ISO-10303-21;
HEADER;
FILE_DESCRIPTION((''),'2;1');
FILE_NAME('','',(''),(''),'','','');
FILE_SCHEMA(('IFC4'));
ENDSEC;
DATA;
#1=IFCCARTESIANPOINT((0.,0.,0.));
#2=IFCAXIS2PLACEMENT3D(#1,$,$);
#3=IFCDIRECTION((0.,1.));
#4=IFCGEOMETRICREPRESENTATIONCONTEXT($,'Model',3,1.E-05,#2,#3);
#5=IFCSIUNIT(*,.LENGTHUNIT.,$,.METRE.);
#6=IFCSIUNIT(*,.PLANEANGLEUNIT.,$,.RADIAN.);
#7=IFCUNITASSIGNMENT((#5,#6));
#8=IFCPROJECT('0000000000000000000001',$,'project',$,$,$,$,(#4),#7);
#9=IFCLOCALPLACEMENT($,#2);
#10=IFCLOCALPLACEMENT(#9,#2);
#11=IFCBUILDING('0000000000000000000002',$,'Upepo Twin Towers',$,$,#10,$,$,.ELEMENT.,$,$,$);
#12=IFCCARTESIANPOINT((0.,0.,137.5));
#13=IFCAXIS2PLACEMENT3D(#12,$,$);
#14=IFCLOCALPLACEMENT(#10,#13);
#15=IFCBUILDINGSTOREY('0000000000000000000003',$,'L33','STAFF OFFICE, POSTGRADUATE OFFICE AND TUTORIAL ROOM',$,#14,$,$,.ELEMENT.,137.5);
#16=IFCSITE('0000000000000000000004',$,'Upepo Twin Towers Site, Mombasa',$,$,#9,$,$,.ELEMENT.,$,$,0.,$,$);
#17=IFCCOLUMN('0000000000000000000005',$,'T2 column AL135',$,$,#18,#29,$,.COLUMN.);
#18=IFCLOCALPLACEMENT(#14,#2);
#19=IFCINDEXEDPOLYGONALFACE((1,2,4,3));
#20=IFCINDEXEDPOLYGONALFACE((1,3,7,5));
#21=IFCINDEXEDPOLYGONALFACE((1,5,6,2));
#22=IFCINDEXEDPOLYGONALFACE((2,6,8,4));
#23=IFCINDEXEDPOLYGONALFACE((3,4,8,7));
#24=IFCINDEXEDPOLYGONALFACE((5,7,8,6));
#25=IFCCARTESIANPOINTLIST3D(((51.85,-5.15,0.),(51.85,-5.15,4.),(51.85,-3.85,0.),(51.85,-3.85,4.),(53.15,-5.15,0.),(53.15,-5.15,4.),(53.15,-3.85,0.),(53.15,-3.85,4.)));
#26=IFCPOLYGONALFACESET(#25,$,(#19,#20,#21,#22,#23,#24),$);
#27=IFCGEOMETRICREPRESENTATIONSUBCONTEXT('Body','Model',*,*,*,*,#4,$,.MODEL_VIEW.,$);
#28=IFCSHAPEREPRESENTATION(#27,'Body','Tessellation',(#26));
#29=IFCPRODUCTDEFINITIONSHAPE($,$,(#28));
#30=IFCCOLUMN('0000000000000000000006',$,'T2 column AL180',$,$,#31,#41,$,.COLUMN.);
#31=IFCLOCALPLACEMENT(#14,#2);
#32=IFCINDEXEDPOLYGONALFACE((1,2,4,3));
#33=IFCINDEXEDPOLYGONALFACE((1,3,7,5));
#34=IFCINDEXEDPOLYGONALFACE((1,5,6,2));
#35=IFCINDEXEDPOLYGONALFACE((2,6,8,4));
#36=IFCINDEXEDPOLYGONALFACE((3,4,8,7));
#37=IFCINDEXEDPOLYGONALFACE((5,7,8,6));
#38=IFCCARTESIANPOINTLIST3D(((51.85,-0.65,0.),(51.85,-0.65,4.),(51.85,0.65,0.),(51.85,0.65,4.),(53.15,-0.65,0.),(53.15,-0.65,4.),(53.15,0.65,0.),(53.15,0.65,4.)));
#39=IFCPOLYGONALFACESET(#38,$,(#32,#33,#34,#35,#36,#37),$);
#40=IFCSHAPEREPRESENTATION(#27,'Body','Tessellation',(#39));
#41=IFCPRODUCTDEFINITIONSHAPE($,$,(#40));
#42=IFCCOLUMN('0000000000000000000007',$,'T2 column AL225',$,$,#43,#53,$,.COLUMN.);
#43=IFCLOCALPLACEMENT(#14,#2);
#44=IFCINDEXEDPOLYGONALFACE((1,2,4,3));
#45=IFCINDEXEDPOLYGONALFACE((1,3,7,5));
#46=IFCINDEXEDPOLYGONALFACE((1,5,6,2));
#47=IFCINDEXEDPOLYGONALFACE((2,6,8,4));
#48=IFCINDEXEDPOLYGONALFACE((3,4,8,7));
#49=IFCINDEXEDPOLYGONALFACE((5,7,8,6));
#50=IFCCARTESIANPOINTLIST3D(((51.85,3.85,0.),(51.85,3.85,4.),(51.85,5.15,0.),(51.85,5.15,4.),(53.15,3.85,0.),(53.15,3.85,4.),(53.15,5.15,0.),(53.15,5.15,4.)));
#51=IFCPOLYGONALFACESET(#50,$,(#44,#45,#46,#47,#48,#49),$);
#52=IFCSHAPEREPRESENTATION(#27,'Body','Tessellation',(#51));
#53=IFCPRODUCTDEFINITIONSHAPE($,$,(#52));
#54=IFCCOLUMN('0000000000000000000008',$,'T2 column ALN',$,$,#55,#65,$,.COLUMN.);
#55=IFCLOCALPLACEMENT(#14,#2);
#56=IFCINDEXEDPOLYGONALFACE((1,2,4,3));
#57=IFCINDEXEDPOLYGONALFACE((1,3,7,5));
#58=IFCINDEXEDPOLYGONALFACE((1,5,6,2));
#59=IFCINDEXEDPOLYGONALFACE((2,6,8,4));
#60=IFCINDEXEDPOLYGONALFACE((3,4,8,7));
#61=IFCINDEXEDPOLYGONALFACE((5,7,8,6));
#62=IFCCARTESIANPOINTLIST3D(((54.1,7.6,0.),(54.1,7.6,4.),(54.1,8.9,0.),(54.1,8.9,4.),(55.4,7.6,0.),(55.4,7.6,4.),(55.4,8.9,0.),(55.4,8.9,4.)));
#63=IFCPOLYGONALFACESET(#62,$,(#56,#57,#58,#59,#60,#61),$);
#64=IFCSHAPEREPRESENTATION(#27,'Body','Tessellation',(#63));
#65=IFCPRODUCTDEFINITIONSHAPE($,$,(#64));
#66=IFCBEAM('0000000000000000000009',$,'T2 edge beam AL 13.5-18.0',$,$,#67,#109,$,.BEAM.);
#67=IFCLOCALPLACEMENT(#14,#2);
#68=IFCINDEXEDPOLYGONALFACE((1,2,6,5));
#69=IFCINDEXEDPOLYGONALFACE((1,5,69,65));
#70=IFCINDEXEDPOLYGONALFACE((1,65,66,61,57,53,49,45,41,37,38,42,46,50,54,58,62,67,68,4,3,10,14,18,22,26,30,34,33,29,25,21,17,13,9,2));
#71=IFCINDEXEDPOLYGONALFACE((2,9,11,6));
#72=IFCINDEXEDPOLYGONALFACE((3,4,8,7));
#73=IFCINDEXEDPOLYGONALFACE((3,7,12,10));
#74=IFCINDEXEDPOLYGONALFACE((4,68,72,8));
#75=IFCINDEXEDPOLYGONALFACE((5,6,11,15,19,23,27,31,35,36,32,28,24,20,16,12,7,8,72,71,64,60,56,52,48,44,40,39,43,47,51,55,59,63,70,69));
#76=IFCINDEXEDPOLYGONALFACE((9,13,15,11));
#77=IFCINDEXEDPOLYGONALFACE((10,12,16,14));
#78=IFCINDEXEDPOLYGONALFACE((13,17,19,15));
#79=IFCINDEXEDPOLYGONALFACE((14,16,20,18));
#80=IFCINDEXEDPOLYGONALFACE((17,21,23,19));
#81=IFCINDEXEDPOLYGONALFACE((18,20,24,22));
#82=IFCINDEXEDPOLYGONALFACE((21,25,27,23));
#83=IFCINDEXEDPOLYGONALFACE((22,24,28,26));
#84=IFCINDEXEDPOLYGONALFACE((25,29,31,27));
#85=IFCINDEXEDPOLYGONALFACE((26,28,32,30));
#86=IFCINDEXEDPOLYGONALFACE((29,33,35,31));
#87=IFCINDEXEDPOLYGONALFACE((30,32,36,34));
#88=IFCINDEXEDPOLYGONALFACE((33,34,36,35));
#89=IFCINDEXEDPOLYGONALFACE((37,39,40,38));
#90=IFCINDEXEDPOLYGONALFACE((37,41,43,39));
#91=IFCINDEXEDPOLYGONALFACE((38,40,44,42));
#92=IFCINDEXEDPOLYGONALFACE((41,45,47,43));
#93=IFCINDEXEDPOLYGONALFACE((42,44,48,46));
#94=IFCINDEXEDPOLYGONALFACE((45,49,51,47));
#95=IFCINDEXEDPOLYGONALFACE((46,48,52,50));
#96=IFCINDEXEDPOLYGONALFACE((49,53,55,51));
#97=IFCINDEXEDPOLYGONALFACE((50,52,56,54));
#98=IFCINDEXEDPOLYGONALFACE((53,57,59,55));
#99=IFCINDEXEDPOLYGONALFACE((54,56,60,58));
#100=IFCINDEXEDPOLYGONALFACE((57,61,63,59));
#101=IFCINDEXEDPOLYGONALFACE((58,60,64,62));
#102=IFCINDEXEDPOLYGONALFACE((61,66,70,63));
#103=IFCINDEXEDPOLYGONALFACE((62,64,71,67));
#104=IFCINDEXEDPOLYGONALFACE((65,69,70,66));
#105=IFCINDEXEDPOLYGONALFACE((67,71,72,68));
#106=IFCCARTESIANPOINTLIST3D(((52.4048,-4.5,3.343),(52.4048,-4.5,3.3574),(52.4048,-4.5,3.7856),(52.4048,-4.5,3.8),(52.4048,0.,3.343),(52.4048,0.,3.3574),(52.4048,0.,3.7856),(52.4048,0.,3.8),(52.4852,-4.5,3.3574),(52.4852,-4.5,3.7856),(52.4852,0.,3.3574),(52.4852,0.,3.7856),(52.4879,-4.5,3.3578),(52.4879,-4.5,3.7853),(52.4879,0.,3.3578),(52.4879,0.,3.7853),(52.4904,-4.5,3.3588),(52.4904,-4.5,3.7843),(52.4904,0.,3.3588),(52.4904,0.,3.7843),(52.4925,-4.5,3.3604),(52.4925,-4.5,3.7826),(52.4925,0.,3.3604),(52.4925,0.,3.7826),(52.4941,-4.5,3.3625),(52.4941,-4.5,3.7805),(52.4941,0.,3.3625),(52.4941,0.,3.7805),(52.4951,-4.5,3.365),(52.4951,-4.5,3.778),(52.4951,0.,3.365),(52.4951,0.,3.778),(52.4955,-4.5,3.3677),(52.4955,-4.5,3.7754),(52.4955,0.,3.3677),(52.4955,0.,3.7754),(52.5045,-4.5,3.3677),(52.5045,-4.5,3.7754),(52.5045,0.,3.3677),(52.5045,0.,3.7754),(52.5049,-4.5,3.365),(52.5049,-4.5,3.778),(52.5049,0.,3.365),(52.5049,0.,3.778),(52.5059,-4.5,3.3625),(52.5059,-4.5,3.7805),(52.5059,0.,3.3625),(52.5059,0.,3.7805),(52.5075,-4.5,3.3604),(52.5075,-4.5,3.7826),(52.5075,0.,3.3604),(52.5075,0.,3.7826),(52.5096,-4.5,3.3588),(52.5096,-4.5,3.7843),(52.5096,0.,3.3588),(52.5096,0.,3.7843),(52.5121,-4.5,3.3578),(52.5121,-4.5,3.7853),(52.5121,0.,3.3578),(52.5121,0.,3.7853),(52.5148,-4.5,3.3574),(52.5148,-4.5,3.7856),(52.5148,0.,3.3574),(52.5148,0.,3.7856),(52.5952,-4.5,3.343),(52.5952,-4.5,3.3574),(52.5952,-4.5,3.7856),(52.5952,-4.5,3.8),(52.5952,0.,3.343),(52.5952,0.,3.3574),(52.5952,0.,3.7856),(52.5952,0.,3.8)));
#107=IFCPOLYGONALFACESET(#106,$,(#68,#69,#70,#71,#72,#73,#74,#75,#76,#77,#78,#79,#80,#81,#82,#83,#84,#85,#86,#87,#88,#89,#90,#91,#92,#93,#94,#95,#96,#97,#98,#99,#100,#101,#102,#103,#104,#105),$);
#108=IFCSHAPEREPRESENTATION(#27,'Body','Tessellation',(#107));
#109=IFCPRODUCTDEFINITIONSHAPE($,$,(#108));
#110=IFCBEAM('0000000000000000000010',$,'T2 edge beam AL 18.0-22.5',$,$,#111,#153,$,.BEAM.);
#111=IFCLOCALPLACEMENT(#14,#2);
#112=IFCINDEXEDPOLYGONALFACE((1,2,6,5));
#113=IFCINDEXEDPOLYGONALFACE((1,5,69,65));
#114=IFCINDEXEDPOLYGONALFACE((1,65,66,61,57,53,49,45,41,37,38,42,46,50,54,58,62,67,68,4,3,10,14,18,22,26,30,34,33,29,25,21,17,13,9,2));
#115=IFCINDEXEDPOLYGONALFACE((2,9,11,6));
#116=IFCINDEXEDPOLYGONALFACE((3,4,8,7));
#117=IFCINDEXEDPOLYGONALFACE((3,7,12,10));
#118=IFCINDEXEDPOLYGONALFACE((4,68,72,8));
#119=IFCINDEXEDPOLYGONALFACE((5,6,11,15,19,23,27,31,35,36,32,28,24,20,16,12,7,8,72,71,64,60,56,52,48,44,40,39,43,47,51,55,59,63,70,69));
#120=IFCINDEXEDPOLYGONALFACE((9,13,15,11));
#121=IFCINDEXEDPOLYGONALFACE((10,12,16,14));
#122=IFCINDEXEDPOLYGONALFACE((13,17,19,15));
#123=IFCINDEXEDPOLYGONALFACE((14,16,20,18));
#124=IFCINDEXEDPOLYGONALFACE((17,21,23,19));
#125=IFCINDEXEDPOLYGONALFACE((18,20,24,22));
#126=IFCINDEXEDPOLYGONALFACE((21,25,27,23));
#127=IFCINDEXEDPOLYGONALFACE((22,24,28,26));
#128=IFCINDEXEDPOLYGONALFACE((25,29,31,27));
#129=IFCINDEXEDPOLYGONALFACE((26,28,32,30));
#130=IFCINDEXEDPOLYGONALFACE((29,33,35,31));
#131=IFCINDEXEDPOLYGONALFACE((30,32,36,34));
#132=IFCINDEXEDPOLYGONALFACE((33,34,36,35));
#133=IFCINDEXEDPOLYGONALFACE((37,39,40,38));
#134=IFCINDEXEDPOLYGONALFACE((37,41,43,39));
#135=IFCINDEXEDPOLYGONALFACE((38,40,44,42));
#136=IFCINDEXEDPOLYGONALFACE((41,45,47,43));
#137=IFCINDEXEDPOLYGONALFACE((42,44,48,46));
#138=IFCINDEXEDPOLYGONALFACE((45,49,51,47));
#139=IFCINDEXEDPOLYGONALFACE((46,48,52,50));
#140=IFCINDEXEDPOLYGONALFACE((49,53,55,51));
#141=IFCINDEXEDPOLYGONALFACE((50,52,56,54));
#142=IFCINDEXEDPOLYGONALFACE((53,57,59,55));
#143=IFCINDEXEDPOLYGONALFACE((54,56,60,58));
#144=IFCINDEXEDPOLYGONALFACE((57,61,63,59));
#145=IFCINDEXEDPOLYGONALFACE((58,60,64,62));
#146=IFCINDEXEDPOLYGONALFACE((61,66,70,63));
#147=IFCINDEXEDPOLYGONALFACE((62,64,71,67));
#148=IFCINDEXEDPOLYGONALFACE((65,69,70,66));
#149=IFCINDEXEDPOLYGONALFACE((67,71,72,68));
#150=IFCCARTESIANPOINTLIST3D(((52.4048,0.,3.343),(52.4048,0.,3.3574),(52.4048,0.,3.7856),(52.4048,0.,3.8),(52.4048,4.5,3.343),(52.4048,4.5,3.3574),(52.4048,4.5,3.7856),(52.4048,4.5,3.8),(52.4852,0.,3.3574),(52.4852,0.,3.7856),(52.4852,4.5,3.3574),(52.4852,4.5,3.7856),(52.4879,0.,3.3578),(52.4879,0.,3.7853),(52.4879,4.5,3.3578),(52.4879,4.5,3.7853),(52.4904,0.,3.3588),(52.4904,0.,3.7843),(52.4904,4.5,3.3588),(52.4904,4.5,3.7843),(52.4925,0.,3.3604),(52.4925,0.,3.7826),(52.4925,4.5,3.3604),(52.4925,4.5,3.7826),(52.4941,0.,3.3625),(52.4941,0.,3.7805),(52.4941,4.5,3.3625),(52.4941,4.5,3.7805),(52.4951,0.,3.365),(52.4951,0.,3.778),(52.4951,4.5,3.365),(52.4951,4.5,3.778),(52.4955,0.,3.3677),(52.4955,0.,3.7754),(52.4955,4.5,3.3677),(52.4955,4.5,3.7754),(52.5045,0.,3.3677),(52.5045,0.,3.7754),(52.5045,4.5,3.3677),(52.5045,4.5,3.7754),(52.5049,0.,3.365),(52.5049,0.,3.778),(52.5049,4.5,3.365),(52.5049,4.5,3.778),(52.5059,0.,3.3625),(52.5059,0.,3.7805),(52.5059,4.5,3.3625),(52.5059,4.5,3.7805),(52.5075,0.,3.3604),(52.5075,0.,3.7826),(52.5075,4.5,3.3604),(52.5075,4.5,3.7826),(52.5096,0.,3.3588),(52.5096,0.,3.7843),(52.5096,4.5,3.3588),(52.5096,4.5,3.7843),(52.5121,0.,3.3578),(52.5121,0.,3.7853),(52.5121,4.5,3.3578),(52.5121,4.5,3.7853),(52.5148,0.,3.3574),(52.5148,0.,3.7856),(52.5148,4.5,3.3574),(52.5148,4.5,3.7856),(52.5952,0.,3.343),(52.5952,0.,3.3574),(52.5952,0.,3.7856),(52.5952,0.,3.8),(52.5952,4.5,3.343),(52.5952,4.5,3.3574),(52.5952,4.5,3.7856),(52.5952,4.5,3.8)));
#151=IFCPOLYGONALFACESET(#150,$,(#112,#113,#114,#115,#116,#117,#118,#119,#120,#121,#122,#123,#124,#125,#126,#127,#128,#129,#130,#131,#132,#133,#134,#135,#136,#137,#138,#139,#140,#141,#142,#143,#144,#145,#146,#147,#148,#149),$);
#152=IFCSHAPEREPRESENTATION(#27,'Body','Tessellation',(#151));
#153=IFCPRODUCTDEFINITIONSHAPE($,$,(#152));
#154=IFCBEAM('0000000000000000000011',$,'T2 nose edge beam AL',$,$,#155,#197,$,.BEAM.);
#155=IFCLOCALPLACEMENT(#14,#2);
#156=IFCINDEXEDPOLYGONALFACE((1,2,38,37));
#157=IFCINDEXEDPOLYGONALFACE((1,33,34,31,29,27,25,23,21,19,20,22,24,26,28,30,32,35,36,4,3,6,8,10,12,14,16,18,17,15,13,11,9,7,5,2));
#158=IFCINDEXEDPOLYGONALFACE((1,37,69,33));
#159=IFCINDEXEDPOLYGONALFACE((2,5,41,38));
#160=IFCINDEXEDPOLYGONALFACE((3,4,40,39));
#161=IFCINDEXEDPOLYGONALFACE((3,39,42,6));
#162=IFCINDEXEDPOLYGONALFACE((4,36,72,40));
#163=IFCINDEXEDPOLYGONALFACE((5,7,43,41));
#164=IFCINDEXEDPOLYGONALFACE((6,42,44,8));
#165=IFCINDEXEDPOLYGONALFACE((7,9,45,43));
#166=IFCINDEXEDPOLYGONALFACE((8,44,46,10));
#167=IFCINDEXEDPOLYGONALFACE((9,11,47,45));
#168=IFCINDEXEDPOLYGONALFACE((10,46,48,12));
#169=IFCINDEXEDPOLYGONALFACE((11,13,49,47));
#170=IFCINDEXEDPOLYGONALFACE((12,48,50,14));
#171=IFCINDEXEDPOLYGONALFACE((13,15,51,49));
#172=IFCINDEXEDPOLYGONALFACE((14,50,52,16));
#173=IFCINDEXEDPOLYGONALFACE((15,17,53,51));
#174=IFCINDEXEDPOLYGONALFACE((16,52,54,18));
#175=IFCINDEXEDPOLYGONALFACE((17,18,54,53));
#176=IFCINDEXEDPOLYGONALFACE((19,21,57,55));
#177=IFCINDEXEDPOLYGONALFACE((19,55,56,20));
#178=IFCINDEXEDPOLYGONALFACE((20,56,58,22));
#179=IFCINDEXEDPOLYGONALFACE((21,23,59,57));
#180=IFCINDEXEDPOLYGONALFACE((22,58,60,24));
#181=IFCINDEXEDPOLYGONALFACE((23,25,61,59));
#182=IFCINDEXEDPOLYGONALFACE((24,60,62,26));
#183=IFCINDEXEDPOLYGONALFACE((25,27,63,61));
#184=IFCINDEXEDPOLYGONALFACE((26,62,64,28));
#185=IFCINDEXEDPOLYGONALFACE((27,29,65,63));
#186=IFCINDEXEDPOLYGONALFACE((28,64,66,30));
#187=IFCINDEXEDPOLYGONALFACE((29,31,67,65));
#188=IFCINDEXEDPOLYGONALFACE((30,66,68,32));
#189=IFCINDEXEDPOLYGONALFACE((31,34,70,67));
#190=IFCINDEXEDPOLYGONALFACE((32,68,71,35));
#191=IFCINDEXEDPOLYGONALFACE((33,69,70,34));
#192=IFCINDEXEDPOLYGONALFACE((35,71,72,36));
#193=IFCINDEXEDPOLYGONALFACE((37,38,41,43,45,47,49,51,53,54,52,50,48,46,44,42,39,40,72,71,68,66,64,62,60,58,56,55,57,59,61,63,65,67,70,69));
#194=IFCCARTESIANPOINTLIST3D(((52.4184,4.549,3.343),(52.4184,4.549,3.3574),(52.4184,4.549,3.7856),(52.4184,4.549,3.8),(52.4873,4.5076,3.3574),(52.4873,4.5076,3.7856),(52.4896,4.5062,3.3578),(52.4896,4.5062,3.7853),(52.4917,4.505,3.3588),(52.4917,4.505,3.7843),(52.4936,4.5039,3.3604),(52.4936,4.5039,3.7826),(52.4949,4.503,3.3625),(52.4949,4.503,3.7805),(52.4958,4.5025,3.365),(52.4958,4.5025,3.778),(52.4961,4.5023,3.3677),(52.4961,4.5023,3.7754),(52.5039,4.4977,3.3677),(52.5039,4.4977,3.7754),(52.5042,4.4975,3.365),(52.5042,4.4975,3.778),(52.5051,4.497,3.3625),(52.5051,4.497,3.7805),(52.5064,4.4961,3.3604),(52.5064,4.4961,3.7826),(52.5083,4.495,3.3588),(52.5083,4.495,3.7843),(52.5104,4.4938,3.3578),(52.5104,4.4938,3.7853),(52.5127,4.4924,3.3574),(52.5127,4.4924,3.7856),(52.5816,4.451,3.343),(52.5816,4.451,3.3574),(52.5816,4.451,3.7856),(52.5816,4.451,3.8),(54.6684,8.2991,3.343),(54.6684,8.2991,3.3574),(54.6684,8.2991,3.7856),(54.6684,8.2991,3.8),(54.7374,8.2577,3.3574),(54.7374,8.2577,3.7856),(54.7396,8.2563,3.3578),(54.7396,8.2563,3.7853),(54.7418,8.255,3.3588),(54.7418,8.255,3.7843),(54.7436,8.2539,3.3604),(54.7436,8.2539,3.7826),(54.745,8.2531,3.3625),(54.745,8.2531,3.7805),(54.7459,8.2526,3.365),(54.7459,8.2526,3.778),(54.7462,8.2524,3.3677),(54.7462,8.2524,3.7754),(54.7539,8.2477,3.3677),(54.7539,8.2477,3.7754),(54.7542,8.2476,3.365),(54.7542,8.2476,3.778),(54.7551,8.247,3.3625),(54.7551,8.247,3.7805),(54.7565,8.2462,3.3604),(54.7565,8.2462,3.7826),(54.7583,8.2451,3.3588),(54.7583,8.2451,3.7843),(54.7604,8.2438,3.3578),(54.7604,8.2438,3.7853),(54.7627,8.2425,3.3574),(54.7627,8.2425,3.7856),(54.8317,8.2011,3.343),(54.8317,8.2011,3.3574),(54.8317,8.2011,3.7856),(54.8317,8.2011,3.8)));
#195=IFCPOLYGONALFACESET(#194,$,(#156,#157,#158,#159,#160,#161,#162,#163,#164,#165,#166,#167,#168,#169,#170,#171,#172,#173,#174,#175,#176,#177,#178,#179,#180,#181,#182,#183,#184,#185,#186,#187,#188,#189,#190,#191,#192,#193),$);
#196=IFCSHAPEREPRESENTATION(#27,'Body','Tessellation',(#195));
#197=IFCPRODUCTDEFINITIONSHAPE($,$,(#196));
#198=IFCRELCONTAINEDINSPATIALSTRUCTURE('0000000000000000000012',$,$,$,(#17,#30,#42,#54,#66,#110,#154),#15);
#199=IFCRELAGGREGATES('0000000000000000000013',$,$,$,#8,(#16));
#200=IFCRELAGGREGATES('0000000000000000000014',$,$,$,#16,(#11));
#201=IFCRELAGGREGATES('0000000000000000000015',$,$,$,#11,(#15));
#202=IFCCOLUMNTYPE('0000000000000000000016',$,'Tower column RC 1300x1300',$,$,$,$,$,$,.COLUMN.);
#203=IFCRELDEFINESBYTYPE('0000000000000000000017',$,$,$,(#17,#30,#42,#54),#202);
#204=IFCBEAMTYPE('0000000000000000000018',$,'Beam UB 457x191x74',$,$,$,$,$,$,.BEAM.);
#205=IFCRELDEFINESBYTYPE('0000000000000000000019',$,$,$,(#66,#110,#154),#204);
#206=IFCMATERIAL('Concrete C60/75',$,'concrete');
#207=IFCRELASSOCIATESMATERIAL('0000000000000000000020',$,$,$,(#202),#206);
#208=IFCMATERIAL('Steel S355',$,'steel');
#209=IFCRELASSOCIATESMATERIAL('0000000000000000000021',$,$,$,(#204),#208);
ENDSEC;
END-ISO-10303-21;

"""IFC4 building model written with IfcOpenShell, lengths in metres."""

from ifc_helpers import new_model, si_unit, direction, frame, origin, origin_2d, place, context, subcontext, project, spatial, rectangle, i_section, extrude, material, material_profile, profile_set, type_object, element, save


model = new_model("IFC4")

# Units and contexts
model_context = context("Model", 3, precision=1e-05, world=origin(), true_north=direction((0.0, 1.0)))
body_context = subcontext(model_context, "Body", "Model", "MODEL_VIEW")
ifc_project = project(units=[si_unit("LENGTHUNIT", "METRE"), si_unit("PLANEANGLEUNIT", "RADIAN")], contexts=[model_context])

# Site, building, storey
site_placement = place(None, origin())
site = spatial("IfcSite", under=ifc_project, at=site_placement, Name="Upepo Twin Towers Site, Mombasa", CompositionType="ELEMENT", RefElevation=0.0)
building_placement = place(site_placement, origin())
building = spatial("IfcBuilding", under=site, at=building_placement, Name="Upepo Twin Towers", CompositionType="ELEMENT")
storey_placement = place(building_placement, frame((0.0, 0.0, 137.5)))
storey = spatial("IfcBuildingStorey", under=building, at=storey_placement, Name="L33", Description="STAFF OFFICE, POSTGRADUATE OFFICE AND TUTORIAL ROOM", CompositionType="ELEMENT", Elevation=137.5)

# Columns
ifc_material_1 = material(Name="Concrete C60/75", Category="concrete")
ifc_material_profile_1 = material_profile(ifc_material_1, rectangle(XDim=1.3, YDim=1.3, at=origin_2d()), Name="RC 1300x1300")
ifc_profile_set_1 = profile_set([ifc_material_profile_1], Name="Concrete C60/75")
column_type = type_object("IfcColumnType", Name="Tower column RC 1300x1300", PredefinedType="COLUMN", material=ifc_profile_set_1)
for number, where, z_axis, x_axis, name in (
    (1, (52.5, -4.5, 0.0), (0.0, 0.0, 1.0), (1.0, 0.0, 0.0), "T2 column AL135"),
    (2, (52.5, 0.0, 0.0), (0.0, 0.0, 1.0), (1.0, 0.0, 0.0), "T2 column AL180"),
    (3, (52.5, 4.5, 0.0), (0.0, 0.0, 1.0), (1.0, 0.0, 0.0), "T2 column AL225"),
    (4, (54.75, 8.25, 0.0), (0.0, 0.0, 1.0), (1.0, 0.0, 0.0), "T2 column ALN"),
):
    element("IfcColumn", number, at=place(storey_placement, frame(where, z_axis=z_axis, x_axis=x_axis)), inside=storey, type_object=column_type, Name=name, PredefinedType="COLUMN", context=body_context, shape_type="SweptSolid", body=[
        extrude(rectangle(XDim=1.3, YDim=1.3, at=origin_2d()), origin(), (0.0, 0.0, 1.0), 4.0),
    ])

# Beams
ifc_material_2 = material(Name="Steel S355", Category="steel")
ifc_material_profile_2 = material_profile(ifc_material_2, i_section(OverallWidth=0.1904, OverallDepth=0.457, WebThickness=0.009, FlangeThickness=0.0144, FilletRadius=0.0103, at=origin_2d()), Name="UB 457x191x74")
ifc_profile_set_2 = profile_set([ifc_material_profile_2], Name="Steel S355")
beam_type_1 = type_object("IfcBeamType", Name="Beam UB 457x191x74", PredefinedType="BEAM", material=ifc_profile_set_2)
for number, where, z_axis, x_axis, name in (
    (5, (52.5, -4.5, 3.5715), (0.0, 1.0, 0.0), (-1.0, 0.0, 0.0), "T2 edge beam AL 13.5-18.0"),
    (6, (52.5, 0.0, 3.5715), (0.0, 1.0, 0.0), (-1.0, 0.0, 0.0), "T2 edge beam AL 18.0-22.5"),
):
    element("IfcBeam", number, at=place(storey_placement, frame(where, z_axis=z_axis, x_axis=x_axis)), inside=storey, type_object=beam_type_1, Name=name, PredefinedType="BEAM", context=body_context, shape_type="SweptSolid", body=[
        extrude(i_section(OverallWidth=0.1904, OverallDepth=0.457, WebThickness=0.009, FlangeThickness=0.0144, FilletRadius=0.0103, at=origin_2d()), origin(), (0.0, 0.0, 1.0), 4.5),
    ])
beam_1_placement = place(storey_placement, frame((52.5, 4.5, 3.5715), z_axis=(0.514496, 0.857493, 0.0), x_axis=(-0.857493, 0.514496, 0.0)))
element("IfcBeam", 7, at=beam_1_placement, inside=storey, type_object=beam_type_1, Name="T2 nose edge beam AL", PredefinedType="BEAM", context=body_context, shape_type="SweptSolid", body=[
    extrude(i_section(OverallWidth=0.1904, OverallDepth=0.457, WebThickness=0.009, FlangeThickness=0.0144, FilletRadius=0.0103, at=origin_2d()), origin(), (0.0, 0.0, 1.0), 4.3733),
])

save(model, "model.ifc")
